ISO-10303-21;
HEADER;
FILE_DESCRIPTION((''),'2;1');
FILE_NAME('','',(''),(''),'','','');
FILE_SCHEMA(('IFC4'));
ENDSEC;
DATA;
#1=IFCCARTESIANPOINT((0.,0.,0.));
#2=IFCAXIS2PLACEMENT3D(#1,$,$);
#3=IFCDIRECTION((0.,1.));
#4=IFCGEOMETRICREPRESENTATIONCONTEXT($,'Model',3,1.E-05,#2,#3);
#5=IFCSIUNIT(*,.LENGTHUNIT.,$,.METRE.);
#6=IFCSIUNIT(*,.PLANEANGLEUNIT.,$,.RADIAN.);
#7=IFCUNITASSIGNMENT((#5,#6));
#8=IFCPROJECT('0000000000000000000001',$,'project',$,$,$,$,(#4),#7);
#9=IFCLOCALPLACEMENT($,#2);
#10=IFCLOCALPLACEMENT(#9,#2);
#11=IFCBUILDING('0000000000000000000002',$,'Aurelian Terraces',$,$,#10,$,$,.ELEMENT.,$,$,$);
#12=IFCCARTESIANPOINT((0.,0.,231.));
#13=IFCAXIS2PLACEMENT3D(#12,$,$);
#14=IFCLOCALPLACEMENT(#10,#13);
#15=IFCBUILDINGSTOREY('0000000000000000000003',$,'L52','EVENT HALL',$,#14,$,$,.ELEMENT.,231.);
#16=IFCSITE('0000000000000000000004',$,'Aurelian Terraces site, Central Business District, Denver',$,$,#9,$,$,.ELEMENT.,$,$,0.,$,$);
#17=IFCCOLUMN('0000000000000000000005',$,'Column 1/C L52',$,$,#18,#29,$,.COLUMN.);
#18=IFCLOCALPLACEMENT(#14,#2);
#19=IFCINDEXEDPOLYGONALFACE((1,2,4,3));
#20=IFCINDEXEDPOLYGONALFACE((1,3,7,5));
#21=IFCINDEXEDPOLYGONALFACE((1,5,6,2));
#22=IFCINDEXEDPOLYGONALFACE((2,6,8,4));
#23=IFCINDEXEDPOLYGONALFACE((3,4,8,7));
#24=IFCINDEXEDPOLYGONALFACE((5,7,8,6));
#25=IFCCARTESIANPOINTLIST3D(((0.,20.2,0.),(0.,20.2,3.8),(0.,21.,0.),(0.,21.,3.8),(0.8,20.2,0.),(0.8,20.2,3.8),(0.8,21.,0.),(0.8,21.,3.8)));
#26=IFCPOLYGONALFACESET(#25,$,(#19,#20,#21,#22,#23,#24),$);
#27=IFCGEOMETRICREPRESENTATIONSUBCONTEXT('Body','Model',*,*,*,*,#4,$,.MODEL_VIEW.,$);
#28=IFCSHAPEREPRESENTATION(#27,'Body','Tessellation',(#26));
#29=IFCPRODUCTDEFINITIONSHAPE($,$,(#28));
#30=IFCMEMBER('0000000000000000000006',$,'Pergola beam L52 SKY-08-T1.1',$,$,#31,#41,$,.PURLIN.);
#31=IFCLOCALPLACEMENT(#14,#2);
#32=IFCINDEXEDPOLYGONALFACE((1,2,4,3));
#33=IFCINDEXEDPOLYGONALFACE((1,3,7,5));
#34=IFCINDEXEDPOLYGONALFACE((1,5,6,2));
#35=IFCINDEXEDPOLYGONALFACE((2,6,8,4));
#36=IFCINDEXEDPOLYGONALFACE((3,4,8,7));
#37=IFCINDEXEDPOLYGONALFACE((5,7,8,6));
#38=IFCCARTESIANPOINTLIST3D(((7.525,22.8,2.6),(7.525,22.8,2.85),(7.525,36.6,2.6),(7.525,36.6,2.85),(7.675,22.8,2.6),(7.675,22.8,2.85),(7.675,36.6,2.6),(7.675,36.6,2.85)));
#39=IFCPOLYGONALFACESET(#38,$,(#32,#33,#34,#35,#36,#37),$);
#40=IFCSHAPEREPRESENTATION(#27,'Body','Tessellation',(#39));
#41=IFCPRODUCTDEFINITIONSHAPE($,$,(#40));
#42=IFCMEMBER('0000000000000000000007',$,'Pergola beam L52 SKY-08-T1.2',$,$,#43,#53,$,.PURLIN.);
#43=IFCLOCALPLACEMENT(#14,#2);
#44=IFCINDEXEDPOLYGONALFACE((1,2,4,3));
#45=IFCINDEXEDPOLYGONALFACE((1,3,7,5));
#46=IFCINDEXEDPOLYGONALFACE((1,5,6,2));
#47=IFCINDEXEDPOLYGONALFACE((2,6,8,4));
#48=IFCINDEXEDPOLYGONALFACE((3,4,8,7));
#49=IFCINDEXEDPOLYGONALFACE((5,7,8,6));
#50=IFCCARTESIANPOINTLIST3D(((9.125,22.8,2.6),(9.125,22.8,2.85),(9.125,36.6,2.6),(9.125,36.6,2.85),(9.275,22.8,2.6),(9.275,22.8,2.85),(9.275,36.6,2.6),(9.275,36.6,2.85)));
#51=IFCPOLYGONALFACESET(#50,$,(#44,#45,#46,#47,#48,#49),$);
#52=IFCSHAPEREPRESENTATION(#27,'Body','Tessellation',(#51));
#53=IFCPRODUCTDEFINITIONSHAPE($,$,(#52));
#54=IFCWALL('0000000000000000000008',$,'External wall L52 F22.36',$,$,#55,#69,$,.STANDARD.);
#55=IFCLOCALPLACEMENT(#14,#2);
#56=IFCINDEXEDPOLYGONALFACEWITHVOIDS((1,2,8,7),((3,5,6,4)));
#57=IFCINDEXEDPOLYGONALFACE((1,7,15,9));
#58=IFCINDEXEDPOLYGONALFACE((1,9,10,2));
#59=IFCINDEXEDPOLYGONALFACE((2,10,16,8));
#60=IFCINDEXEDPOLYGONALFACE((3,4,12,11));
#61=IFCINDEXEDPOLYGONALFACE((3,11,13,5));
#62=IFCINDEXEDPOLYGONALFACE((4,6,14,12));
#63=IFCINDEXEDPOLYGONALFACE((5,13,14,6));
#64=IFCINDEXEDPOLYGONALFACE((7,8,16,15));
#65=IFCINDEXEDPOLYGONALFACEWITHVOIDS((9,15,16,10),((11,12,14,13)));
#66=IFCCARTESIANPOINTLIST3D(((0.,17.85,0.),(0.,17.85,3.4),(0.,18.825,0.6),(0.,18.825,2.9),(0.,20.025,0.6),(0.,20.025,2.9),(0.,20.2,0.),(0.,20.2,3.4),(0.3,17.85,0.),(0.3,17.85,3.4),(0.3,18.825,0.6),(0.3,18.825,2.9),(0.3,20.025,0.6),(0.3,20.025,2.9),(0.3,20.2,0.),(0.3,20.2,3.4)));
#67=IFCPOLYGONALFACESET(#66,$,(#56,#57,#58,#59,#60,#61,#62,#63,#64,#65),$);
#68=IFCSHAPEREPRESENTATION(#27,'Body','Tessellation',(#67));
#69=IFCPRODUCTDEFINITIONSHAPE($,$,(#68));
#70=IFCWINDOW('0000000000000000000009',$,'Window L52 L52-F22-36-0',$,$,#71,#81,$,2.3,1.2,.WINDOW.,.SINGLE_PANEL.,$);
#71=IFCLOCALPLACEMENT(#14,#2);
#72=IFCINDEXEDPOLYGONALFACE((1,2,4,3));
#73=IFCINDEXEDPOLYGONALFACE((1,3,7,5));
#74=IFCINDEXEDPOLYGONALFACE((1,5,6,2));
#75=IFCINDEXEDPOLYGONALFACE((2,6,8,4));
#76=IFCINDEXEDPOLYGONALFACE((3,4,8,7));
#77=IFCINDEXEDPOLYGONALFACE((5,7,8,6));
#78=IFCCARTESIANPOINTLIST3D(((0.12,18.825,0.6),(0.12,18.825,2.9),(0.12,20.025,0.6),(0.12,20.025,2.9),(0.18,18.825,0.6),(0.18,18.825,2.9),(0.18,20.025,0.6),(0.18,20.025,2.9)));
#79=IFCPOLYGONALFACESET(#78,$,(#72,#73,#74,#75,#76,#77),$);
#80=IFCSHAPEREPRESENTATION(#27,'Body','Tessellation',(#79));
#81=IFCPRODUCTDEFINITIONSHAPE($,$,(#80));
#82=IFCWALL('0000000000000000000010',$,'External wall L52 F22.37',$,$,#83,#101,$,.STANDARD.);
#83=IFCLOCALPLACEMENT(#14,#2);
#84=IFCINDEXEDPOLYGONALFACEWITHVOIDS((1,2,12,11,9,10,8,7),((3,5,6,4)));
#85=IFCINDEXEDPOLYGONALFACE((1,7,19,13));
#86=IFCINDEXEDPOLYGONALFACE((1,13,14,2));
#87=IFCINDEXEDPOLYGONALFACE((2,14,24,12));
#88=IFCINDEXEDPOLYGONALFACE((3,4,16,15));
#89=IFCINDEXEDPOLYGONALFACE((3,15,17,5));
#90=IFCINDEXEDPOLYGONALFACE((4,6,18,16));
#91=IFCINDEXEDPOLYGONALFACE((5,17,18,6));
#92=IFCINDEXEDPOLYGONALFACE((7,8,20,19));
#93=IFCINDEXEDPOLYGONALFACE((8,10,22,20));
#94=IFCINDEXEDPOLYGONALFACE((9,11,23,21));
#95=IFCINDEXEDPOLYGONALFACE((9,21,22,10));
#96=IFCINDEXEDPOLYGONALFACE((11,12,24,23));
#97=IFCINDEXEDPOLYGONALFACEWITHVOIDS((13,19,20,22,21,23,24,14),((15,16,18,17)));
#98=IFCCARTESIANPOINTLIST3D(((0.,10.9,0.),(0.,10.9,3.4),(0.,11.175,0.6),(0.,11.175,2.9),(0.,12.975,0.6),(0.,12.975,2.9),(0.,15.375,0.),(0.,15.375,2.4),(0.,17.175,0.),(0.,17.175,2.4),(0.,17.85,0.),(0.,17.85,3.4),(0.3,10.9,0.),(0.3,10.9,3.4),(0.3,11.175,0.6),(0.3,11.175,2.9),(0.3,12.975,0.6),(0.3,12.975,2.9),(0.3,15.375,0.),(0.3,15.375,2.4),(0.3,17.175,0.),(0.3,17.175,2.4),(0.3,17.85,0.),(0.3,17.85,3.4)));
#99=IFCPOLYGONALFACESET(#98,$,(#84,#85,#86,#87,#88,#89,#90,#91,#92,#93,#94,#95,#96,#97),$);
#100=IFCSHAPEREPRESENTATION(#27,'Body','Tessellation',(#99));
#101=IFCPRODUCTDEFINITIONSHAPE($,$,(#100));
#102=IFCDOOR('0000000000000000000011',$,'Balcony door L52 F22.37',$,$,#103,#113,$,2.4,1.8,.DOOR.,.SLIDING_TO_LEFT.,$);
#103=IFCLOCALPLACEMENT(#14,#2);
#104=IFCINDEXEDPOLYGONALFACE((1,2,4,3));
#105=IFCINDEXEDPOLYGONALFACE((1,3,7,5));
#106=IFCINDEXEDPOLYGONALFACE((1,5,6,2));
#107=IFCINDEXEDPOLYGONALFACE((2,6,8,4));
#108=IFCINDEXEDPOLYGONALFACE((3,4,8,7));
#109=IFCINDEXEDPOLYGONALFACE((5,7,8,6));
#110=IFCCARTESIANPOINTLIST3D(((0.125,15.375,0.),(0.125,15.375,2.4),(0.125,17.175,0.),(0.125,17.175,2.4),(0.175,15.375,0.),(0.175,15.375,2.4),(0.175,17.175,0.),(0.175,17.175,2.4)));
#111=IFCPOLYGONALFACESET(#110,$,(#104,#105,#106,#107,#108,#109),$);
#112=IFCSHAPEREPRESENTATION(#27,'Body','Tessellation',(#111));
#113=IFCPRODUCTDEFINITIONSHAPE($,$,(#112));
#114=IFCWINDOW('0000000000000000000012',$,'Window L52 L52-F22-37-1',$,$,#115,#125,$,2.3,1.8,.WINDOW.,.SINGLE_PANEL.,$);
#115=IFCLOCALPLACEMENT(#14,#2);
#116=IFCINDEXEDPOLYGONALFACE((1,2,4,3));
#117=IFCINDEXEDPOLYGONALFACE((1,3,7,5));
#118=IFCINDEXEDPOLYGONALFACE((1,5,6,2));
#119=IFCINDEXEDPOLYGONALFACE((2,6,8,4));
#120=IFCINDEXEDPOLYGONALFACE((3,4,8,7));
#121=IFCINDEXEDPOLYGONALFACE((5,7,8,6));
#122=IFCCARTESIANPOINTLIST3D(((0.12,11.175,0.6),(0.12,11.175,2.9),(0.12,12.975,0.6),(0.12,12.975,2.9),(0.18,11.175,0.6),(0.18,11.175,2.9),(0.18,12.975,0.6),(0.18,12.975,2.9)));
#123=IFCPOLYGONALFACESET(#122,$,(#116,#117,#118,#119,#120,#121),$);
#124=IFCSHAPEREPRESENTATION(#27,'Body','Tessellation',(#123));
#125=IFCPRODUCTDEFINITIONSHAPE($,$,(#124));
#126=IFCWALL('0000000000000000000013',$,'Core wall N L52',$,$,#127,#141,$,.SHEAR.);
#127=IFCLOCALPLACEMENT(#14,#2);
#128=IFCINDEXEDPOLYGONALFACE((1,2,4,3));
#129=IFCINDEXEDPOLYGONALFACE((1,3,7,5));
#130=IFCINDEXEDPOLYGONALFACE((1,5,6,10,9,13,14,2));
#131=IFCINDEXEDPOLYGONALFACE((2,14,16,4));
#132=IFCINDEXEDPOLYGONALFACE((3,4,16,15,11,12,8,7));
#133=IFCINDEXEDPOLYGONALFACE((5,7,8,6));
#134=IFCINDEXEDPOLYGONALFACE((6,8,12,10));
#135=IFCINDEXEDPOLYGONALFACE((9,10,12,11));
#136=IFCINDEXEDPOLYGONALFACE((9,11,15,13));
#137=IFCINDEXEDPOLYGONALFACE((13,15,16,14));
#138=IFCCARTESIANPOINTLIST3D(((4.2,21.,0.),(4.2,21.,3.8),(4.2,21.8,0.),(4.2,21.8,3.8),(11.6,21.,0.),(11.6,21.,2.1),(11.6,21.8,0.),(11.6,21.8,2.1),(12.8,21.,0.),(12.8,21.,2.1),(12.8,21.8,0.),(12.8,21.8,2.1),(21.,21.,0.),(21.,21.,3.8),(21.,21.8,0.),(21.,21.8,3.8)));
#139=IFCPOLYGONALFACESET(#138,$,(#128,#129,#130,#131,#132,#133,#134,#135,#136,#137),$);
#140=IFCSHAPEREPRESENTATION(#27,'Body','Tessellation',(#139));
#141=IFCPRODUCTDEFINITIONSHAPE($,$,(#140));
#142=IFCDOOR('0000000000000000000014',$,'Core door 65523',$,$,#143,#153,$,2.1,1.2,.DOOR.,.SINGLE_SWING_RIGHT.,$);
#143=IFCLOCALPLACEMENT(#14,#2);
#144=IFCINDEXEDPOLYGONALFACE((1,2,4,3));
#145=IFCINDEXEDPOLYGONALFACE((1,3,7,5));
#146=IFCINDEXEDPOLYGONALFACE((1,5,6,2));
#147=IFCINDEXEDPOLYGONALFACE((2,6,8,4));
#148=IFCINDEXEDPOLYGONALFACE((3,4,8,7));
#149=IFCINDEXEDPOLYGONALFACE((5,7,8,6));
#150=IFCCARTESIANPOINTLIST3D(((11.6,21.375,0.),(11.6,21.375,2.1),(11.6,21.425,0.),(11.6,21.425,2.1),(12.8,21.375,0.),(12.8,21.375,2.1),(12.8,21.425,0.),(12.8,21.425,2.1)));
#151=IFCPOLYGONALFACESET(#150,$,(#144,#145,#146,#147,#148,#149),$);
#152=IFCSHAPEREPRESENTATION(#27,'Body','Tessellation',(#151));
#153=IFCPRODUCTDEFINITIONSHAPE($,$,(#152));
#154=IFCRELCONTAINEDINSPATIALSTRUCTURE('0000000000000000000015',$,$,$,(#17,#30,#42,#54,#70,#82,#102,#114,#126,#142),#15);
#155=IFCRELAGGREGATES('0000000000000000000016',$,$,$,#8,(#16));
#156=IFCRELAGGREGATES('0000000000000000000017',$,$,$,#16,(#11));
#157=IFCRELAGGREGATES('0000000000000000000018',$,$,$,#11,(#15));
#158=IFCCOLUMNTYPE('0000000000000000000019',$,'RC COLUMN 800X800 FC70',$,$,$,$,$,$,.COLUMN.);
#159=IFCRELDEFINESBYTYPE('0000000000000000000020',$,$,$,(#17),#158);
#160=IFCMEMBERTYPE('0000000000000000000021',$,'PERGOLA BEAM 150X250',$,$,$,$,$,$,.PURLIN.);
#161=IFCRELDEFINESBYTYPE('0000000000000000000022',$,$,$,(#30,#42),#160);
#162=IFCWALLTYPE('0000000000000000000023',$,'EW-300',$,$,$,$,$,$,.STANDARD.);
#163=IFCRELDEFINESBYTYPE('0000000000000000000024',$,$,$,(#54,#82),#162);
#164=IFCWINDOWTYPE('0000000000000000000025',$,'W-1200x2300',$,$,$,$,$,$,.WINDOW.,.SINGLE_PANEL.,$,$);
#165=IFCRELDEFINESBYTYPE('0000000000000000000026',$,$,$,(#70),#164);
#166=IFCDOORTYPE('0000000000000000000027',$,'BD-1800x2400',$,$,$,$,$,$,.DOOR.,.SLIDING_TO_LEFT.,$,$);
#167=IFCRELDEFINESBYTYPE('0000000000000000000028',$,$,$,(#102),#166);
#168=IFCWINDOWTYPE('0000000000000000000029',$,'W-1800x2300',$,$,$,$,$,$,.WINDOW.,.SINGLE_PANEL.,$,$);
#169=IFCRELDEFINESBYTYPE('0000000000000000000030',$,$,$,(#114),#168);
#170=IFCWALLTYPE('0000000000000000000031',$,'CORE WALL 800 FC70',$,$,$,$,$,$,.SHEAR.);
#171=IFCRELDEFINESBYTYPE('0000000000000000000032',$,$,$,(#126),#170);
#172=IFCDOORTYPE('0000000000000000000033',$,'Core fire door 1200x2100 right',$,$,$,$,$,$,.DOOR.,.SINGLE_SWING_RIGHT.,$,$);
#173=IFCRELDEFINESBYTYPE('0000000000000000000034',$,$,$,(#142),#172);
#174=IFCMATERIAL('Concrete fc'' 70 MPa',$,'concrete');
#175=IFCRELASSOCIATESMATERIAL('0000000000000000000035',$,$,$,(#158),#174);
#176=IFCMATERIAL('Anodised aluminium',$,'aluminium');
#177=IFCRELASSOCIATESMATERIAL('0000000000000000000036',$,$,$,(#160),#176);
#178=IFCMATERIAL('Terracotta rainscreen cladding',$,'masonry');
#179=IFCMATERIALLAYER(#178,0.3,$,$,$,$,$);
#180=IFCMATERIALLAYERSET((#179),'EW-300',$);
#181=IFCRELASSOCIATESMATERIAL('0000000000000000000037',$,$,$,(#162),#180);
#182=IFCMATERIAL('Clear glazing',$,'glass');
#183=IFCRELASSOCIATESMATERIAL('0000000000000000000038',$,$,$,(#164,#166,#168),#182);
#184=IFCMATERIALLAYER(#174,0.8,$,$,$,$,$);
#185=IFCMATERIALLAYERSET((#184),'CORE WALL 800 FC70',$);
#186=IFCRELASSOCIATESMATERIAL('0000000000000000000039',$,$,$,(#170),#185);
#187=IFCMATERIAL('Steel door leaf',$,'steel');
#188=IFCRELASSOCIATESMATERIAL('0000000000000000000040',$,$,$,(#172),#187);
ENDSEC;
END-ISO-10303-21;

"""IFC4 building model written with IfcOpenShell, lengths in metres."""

from ifc_helpers import new_model, si_unit, direction, frame, frame_2d, origin, origin_2d, place, context, subcontext, project, spatial, rectangle, extrude, source, transform, mapped, material, layer, layer_set, material_profile, profile_set, type_object, element, fill, save


model = new_model("IFC4")

# Units and contexts
model_context = context("Model", 3, precision=1e-05, world=origin(), true_north=direction((0.0, 1.0)))
body_context = subcontext(model_context, "Body", "Model", "MODEL_VIEW")
ifc_project = project(units=[si_unit("LENGTHUNIT", "METRE"), si_unit("PLANEANGLEUNIT", "RADIAN")], contexts=[model_context])

# Site, building, storey
site_placement = place(None, origin())
site = spatial("IfcSite", under=ifc_project, at=site_placement, Name="Aurelian Terraces site, Central Business District, Denver", CompositionType="ELEMENT", RefElevation=0.0)
building_placement = place(site_placement, origin())
building = spatial("IfcBuilding", under=site, at=building_placement, Name="Aurelian Terraces", CompositionType="ELEMENT")
storey_placement = place(building_placement, frame((0.0, 0.0, 231.0)))
storey = spatial("IfcBuildingStorey", under=building, at=storey_placement, Name="L52", Description="EVENT HALL", CompositionType="ELEMENT", Elevation=231.0)

# Column
ifc_material_1 = material(Name="Concrete fc' 70 MPa", Category="concrete")
ifc_material_profile_1 = material_profile(ifc_material_1, rectangle(XDim=0.8, YDim=0.8, at=origin_2d()))
ifc_profile_set_1 = profile_set([ifc_material_profile_1], Name="Concrete fc' 70 MPa")
column_type = type_object("IfcColumnType", Name="RC COLUMN 800X800 FC70", PredefinedType="COLUMN", material=ifc_profile_set_1)
shared_shape_1 = source(origin(), body_context, "Body", "SweptSolid", [
    extrude(rectangle(XDim=0.8, YDim=0.8, at=origin_2d()), origin(), (0.0, 0.0, 1.0), 3.8),
])
column_placement = place(storey_placement, frame((0.4, 20.6, 0.0), z_axis=(0.0, 0.0, 1.0), x_axis=(1.0, 0.0, 0.0)))
element("IfcColumn", 1, at=column_placement, inside=storey, type_object=column_type, Name="Column 1/C L52", PredefinedType="COLUMN", context=body_context, shape_type="MappedRepresentation", body=[
    mapped(shared_shape_1, transform((0.0, 0.0, 0.0), scale=1.0)),
])

# Members
ifc_material_2 = material(Name="Anodised aluminium", Category="aluminium")
ifc_material_profile_2 = material_profile(ifc_material_2, rectangle(XDim=0.15, YDim=0.25, at=origin_2d()))
ifc_profile_set_2 = profile_set([ifc_material_profile_2], Name="Anodised aluminium")
member_type = type_object("IfcMemberType", Name="PERGOLA BEAM 150X250", PredefinedType="PURLIN", material=ifc_profile_set_2)
shared_shape_2 = source(origin(), body_context, "Body", "SweptSolid", [
    extrude(rectangle(XDim=0.15, YDim=0.25, at=origin_2d()), origin(), (0.0, 0.0, 1.0), 13.8),
])
for number, where, z_axis, x_axis, name in (
    (2, (7.6, 22.8, 2.725), (0.0, 1.0, 0.0), (-1.0, 0.0, 0.0), "Pergola beam L52 SKY-08-T1.1"),
    (3, (9.2, 22.8, 2.725), (0.0, 1.0, 0.0), (-1.0, 0.0, 0.0), "Pergola beam L52 SKY-08-T1.2"),
):
    element("IfcMember", number, at=place(storey_placement, frame(where, z_axis=z_axis, x_axis=x_axis)), inside=storey, type_object=member_type, Name=name, PredefinedType="PURLIN", context=body_context, shape_type="MappedRepresentation", body=[
        mapped(shared_shape_2, transform((0.0, 0.0, 0.0), scale=1.0)),
    ])

# Wall, opening, window
ifc_material_3 = material(Name="Terracotta rainscreen cladding", Category="masonry")
ifc_layer_1 = layer(ifc_material_3, 0.3)
ifc_layer_set_1 = layer_set([ifc_layer_1], Name="EW-300")
wall_type_1 = type_object("IfcWallType", Name="EW-300", PredefinedType="STANDARD", material=ifc_layer_set_1)
wall_1_placement = place(storey_placement, frame((0.15, 20.2, 0.0), z_axis=(0.0, 0.0, 1.0), x_axis=(0.0, -1.0, 0.0)))
wall_1 = element("IfcWall", 4, at=wall_1_placement, inside=storey, type_object=wall_type_1, Name="External wall L52 F22.36", PredefinedType="STANDARD", context=body_context, shape_type="SweptSolid", body=[
    extrude(rectangle(XDim=2.35, YDim=0.3, at=frame_2d((1.175, 0.0))), origin(), (0.0, 0.0, 1.0), 3.4),
])
shared_shape_3 = source(origin(), body_context, "Body", "SweptSolid", [
    extrude(rectangle(XDim=1.2, YDim=2.3, at=frame_2d((0.6, 1.15))), frame((0.0, 0.16, 0.0), z_axis=(0.0, -1.0, 0.0), x_axis=(1.0, 0.0, 0.0)), (0.0, 0.0, 1.0), 0.32),
])
opening_1_placement = place(wall_1_placement, frame((0.175, 0.0, 0.6)))
opening_1 = element("IfcOpeningElement", 5, at=opening_1_placement, cuts=wall_1, PredefinedType="OPENING", context=body_context, shape_type="MappedRepresentation", body=[
    mapped(shared_shape_3, transform((0.0, 0.0, 0.0), scale=1.0)),
])
ifc_material_4 = material(Name="Clear glazing", Category="glass")
window_type_1 = type_object("IfcWindowType", Name="W-1200x2300", PartitioningType="SINGLE_PANEL", PredefinedType="WINDOW", material=ifc_material_4)
shared_shape_4 = source(origin(), body_context, "Body", "SweptSolid", [
    extrude(rectangle(XDim=1.2, YDim=2.3, at=frame_2d((0.6, 1.15))), frame((0.0, 0.03, 0.0), z_axis=(0.0, -1.0, 0.0), x_axis=(1.0, 0.0, 0.0)), (0.0, 0.0, 1.0), 0.06),
])
window_1_placement = place(opening_1_placement, origin())
window_1 = element("IfcWindow", 6, at=window_1_placement, inside=storey, type_object=window_type_1, Name="Window L52 L52-F22-36-0", OverallHeight=2.3, OverallWidth=1.2, PartitioningType="SINGLE_PANEL", PredefinedType="WINDOW", context=body_context, shape_type="MappedRepresentation", body=[
    mapped(shared_shape_4, transform((0.0, 0.0, 0.0), scale=1.0)),
])
fill(opening_1, window_1)

# Wall, openings, door, window
wall_2_placement = place(storey_placement, frame((0.15, 17.85, 0.0), z_axis=(0.0, 0.0, 1.0), x_axis=(0.0, -1.0, 0.0)))
wall_2 = element("IfcWall", 7, at=wall_2_placement, inside=storey, type_object=wall_type_1, Name="External wall L52 F22.37", PredefinedType="STANDARD", context=body_context, shape_type="SweptSolid", body=[
    extrude(rectangle(XDim=6.95, YDim=0.3, at=frame_2d((3.475, 0.0))), origin(), (0.0, 0.0, 1.0), 3.4),
])
shared_shape_5 = source(origin(), body_context, "Body", "SweptSolid", [
    extrude(rectangle(XDim=1.8, YDim=2.4, at=frame_2d((0.9, 1.2))), frame((0.0, 0.16, 0.0), z_axis=(0.0, -1.0, 0.0), x_axis=(1.0, 0.0, 0.0)), (0.0, 0.0, 1.0), 0.32),
])
opening_2_placement = place(wall_2_placement, frame((0.675, 0.0, 0.0)))
opening_2 = element("IfcOpeningElement", 8, at=opening_2_placement, cuts=wall_2, PredefinedType="OPENING", context=body_context, shape_type="MappedRepresentation", body=[
    mapped(shared_shape_5, transform((0.0, 0.0, 0.0), scale=1.0)),
])
shared_shape_6 = source(origin(), body_context, "Body", "SweptSolid", [
    extrude(rectangle(XDim=1.8, YDim=2.3, at=frame_2d((0.9, 1.15))), frame((0.0, 0.16, 0.0), z_axis=(0.0, -1.0, 0.0), x_axis=(1.0, 0.0, 0.0)), (0.0, 0.0, 1.0), 0.32),
])
opening_3_placement = place(wall_2_placement, frame((4.875, 0.0, 0.6)))
opening_3 = element("IfcOpeningElement", 9, at=opening_3_placement, cuts=wall_2, PredefinedType="OPENING", context=body_context, shape_type="MappedRepresentation", body=[
    mapped(shared_shape_6, transform((0.0, 0.0, 0.0), scale=1.0)),
])
door_type_1 = type_object("IfcDoorType", Name="BD-1800x2400", OperationType="SLIDING_TO_LEFT", PredefinedType="DOOR", material=ifc_material_4)
shared_shape_7 = source(origin(), body_context, "Body", "SweptSolid", [
    extrude(rectangle(XDim=1.8, YDim=2.4, at=frame_2d((0.9, 1.2))), frame((0.0, 0.025, 0.0), z_axis=(0.0, -1.0, 0.0), x_axis=(1.0, 0.0, 0.0)), (0.0, 0.0, 1.0), 0.05),
])
door_1_placement = place(opening_2_placement, origin())
door_1 = element("IfcDoor", 10, at=door_1_placement, inside=storey, type_object=door_type_1, Name="Balcony door L52 F22.37", OperationType="SLIDING_TO_LEFT", OverallHeight=2.4, OverallWidth=1.8, PredefinedType="DOOR", context=body_context, shape_type="MappedRepresentation", body=[
    mapped(shared_shape_7, transform((0.0, 0.0, 0.0), scale=1.0)),
])
fill(opening_2, door_1)
window_type_2 = type_object("IfcWindowType", Name="W-1800x2300", PartitioningType="SINGLE_PANEL", PredefinedType="WINDOW", material=ifc_material_4)
shared_shape_8 = source(origin(), body_context, "Body", "SweptSolid", [
    extrude(rectangle(XDim=1.8, YDim=2.3, at=frame_2d((0.9, 1.15))), frame((0.0, 0.03, 0.0), z_axis=(0.0, -1.0, 0.0), x_axis=(1.0, 0.0, 0.0)), (0.0, 0.0, 1.0), 0.06),
])
window_2_placement = place(opening_3_placement, origin())
window_2 = element("IfcWindow", 11, at=window_2_placement, inside=storey, type_object=window_type_2, Name="Window L52 L52-F22-37-1", OverallHeight=2.3, OverallWidth=1.8, PartitioningType="SINGLE_PANEL", PredefinedType="WINDOW", context=body_context, shape_type="MappedRepresentation", body=[
    mapped(shared_shape_8, transform((0.0, 0.0, 0.0), scale=1.0)),
])
fill(opening_3, window_2)

# Wall, opening, door
ifc_layer_2 = layer(ifc_material_1, 0.8)
ifc_layer_set_2 = layer_set([ifc_layer_2], Name="CORE WALL 800 FC70")
wall_type_2 = type_object("IfcWallType", Name="CORE WALL 800 FC70", PredefinedType="SHEAR", material=ifc_layer_set_2)
shared_shape_9 = source(origin(), body_context, "Body", "SweptSolid", [
    extrude(rectangle(XDim=16.8, YDim=0.8, at=frame_2d((8.4, 0.0))), origin(), (0.0, 0.0, 1.0), 3.8),
])
wall_3_placement = place(storey_placement, frame((4.2, 21.4, 0.0), z_axis=(0.0, 0.0, 1.0), x_axis=(1.0, 0.0, 0.0)))
wall_3 = element("IfcWall", 12, at=wall_3_placement, inside=storey, type_object=wall_type_2, Name="Core wall N L52", PredefinedType="SHEAR", context=body_context, shape_type="MappedRepresentation", body=[
    mapped(shared_shape_9, transform((0.0, 0.0, 0.0), scale=1.0)),
])
shared_shape_10 = source(origin(), body_context, "Body", "SweptSolid", [
    extrude(rectangle(XDim=1.2, YDim=2.1, at=frame_2d((0.6, 1.05))), frame((0.0, 0.41, 0.0), z_axis=(0.0, -1.0, 0.0), x_axis=(1.0, 0.0, 0.0)), (0.0, 0.0, 1.0), 0.82),
])
opening_4_placement = place(wall_3_placement, frame((7.4, 0.0, 0.0)))
opening_4 = element("IfcOpeningElement", 13, at=opening_4_placement, cuts=wall_3, PredefinedType="OPENING", context=body_context, shape_type="MappedRepresentation", body=[
    mapped(shared_shape_10, transform((0.0, 0.0, 0.0), scale=1.0)),
])
ifc_material_5 = material(Name="Steel door leaf", Category="steel")
door_type_2 = type_object("IfcDoorType", Name="Core fire door 1200x2100 right", OperationType="SINGLE_SWING_RIGHT", PredefinedType="DOOR", material=ifc_material_5)
shared_shape_11 = source(origin(), body_context, "Body", "SweptSolid", [
    extrude(rectangle(XDim=1.2, YDim=2.1, at=frame_2d((0.6, 1.05))), frame((0.0, 0.025, 0.0), z_axis=(0.0, -1.0, 0.0), x_axis=(1.0, 0.0, 0.0)), (0.0, 0.0, 1.0), 0.05),
])
door_2_placement = place(opening_4_placement, origin())
door_2 = element("IfcDoor", 14, at=door_2_placement, inside=storey, type_object=door_type_2, Name="Core door 65523", OperationType="SINGLE_SWING_RIGHT", OverallHeight=2.1, OverallWidth=1.2, PredefinedType="DOOR", context=body_context, shape_type="MappedRepresentation", body=[
    mapped(shared_shape_11, transform((0.0, 0.0, 0.0), scale=1.0)),
])
fill(opening_4, door_2)

save(model, "model.ifc")
